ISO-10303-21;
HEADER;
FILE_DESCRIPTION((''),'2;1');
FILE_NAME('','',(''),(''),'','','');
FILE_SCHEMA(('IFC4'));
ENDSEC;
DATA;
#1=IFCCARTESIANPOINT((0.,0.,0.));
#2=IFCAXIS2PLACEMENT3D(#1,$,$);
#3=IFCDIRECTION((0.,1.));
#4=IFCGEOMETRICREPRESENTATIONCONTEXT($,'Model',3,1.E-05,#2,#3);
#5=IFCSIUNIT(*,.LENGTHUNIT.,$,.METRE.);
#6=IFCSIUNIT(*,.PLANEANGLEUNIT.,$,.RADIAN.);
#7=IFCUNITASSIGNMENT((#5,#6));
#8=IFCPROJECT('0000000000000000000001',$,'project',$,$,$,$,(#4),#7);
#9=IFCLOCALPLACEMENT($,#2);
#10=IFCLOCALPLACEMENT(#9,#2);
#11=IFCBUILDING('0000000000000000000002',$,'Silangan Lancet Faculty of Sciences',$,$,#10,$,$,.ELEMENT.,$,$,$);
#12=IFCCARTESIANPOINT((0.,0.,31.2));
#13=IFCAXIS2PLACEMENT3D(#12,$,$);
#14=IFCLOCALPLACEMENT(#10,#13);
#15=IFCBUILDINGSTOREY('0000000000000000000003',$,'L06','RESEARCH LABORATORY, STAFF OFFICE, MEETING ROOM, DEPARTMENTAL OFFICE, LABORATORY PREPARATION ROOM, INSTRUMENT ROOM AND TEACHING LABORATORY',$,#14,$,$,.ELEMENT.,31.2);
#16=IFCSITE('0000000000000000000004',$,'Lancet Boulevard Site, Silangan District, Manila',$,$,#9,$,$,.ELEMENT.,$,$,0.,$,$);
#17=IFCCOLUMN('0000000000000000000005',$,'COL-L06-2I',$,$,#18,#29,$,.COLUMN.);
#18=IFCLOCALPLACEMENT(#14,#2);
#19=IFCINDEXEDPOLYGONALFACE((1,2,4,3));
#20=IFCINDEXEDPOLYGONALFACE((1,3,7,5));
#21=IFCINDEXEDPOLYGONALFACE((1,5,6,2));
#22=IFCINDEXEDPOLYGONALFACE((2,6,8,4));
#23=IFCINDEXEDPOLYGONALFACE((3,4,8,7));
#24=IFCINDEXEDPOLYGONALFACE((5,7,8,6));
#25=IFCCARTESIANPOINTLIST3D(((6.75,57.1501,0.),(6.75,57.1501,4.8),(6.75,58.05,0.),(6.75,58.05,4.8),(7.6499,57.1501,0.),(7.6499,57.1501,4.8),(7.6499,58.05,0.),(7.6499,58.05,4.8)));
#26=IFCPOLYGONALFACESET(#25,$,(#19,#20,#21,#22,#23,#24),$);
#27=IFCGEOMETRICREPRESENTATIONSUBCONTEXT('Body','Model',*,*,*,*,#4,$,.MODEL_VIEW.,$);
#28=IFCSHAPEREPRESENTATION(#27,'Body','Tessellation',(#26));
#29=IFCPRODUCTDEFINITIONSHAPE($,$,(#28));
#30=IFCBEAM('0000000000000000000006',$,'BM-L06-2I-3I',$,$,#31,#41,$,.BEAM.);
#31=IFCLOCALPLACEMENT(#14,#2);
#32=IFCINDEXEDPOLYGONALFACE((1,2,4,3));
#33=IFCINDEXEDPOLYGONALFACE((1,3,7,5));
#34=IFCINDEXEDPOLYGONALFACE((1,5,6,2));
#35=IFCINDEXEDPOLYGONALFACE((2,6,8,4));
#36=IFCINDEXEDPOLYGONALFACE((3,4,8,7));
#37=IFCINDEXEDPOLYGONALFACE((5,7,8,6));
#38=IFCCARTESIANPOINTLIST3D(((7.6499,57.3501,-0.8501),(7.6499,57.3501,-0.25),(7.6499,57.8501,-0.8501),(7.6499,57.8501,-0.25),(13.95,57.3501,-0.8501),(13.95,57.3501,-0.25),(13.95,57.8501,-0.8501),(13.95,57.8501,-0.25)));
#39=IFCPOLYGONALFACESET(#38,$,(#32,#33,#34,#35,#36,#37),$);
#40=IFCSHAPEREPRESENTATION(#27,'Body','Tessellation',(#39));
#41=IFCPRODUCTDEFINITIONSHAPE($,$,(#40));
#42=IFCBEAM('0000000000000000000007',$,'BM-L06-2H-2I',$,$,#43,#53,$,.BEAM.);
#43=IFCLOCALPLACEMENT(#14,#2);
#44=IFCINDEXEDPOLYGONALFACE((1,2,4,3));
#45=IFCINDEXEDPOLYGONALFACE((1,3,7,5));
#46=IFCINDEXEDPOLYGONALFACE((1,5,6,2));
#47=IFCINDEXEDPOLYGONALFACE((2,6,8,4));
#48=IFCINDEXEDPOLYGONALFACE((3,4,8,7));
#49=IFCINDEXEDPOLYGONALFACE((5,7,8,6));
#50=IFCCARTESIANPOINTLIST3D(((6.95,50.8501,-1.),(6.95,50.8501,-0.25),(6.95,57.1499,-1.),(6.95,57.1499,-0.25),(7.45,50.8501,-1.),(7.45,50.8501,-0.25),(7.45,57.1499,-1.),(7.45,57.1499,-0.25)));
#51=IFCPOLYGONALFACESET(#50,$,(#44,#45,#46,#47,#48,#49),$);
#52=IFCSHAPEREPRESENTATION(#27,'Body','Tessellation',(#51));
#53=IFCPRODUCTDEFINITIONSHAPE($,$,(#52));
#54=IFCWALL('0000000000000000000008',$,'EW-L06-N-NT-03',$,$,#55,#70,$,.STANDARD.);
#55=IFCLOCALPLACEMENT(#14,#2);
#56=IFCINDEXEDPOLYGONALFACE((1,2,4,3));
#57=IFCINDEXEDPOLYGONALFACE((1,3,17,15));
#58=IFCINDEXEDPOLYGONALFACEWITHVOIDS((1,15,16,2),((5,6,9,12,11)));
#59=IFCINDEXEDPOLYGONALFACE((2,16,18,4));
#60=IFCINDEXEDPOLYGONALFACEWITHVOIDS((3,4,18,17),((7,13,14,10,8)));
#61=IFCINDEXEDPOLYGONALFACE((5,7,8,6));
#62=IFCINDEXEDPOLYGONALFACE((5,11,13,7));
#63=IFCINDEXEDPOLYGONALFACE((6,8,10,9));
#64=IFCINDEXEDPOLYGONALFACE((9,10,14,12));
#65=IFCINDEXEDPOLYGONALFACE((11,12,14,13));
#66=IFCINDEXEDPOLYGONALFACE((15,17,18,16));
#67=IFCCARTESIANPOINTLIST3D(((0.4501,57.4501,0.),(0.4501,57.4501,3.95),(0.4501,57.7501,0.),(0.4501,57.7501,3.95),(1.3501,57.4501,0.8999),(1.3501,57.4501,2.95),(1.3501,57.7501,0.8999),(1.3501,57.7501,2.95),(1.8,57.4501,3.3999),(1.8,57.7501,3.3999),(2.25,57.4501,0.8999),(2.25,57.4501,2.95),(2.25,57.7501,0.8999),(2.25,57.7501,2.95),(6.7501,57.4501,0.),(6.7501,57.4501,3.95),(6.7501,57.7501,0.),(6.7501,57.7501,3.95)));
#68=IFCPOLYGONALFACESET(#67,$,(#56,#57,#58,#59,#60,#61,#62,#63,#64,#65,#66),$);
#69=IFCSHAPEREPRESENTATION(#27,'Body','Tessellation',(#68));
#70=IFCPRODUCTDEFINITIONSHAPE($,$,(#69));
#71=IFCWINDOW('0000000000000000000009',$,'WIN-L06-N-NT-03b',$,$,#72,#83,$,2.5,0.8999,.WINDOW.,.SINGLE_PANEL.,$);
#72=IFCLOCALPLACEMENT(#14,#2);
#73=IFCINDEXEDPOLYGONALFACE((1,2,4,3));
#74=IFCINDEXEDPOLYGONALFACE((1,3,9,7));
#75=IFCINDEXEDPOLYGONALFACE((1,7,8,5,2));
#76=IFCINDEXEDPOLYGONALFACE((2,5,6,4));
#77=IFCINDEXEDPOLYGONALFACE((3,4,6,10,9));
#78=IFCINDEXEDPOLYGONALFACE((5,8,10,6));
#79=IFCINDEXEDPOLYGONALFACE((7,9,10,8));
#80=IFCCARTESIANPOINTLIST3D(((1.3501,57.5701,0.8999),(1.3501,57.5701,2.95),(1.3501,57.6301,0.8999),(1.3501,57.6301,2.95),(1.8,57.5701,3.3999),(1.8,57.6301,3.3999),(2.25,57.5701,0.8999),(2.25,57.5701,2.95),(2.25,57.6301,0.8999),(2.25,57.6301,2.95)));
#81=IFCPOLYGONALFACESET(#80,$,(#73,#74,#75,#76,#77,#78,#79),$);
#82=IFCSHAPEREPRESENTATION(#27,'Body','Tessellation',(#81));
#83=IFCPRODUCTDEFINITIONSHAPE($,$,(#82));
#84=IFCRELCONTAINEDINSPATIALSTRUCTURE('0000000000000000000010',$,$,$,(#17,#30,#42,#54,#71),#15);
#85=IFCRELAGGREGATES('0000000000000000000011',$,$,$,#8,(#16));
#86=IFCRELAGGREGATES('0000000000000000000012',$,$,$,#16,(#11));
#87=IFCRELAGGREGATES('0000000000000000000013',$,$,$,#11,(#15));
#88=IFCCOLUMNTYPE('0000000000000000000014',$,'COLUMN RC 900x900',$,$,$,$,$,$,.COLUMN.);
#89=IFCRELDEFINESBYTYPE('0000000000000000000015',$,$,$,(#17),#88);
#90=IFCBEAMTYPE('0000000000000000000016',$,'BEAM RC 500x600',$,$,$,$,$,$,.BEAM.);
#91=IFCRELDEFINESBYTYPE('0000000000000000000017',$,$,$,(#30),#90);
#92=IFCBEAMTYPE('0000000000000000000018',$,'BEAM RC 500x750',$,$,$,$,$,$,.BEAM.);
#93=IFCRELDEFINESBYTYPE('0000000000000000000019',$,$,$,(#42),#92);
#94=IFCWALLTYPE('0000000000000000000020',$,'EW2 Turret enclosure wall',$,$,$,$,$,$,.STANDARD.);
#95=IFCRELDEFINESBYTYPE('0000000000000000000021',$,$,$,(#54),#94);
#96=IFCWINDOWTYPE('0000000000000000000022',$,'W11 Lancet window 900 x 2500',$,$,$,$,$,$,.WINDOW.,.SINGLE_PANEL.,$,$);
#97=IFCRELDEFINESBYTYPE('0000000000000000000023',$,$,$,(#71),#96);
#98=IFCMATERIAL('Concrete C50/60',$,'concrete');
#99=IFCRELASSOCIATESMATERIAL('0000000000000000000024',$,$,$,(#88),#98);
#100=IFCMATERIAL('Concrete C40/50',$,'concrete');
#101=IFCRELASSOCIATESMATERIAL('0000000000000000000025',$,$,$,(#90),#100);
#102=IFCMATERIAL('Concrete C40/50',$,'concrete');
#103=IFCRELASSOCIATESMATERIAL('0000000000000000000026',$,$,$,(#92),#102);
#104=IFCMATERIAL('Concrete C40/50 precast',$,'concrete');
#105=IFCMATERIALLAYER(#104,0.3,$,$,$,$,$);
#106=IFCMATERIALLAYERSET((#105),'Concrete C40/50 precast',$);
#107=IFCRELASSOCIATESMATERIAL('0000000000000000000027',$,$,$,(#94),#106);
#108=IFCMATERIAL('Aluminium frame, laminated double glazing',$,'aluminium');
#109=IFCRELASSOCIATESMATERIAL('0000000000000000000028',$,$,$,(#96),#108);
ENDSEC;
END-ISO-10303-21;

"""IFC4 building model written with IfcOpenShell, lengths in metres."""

from ifc_helpers import new_model, si_unit, direction, frame, frame_2d, origin, origin_2d, place, context, subcontext, project, spatial, polyline, rectangle, outline, extrude, material, layer, layer_set, material_profile, profile_set, type_object, element, fill, save


model = new_model("IFC4")

# Units and contexts
model_context = context("Model", 3, precision=1e-05, world=origin(), true_north=direction((0.0, 1.0)))
body_context = subcontext(model_context, "Body", "Model", "MODEL_VIEW")
ifc_project = project(units=[si_unit("LENGTHUNIT", "METRE"), si_unit("PLANEANGLEUNIT", "RADIAN")], contexts=[model_context])

# Site, building, storey
site_placement = place(None, origin())
site = spatial("IfcSite", under=ifc_project, at=site_placement, Name="Lancet Boulevard Site, Silangan District, Manila", CompositionType="ELEMENT", RefElevation=0.0)
building_placement = place(site_placement, origin())
building = spatial("IfcBuilding", under=site, at=building_placement, Name="Silangan Lancet Faculty of Sciences", CompositionType="ELEMENT")
storey_placement = place(building_placement, frame((0.0, 0.0, 31.2)))
storey = spatial("IfcBuildingStorey", under=building, at=storey_placement, Name="L06", Description="RESEARCH LABORATORY, STAFF OFFICE, MEETING ROOM, DEPARTMENTAL OFFICE, LABORATORY PREPARATION ROOM, INSTRUMENT ROOM AND TEACHING LABORATORY", CompositionType="ELEMENT", Elevation=31.2)

# Column
ifc_material_1 = material(Name="Concrete C50/60", Category="concrete")
ifc_material_profile_1 = material_profile(ifc_material_1, rectangle(XDim=0.8999, YDim=0.8999, at=origin_2d()), Name="RC 900x900")
ifc_profile_set_1 = profile_set([ifc_material_profile_1], Name="Concrete C50/60")
column_type = type_object("IfcColumnType", Name="COLUMN RC 900x900", PredefinedType="COLUMN", material=ifc_profile_set_1)
column_placement = place(storey_placement, frame((7.2, 57.6001, 0.0), z_axis=(0.0, 0.0, 1.0), x_axis=(1.0, 0.0, 0.0)))
element("IfcColumn", 1, at=column_placement, inside=storey, type_object=column_type, Name="COL-L06-2I", PredefinedType="COLUMN", context=body_context, shape_type="SweptSolid", body=[
    extrude(rectangle(XDim=0.8999, YDim=0.8999, at=origin_2d()), origin(), (0.0, 0.0, 1.0), 4.8),
])

# Beams
ifc_material_2 = material(Name="Concrete C40/50", Category="concrete")
ifc_material_profile_2 = material_profile(ifc_material_2, rectangle(XDim=0.5, YDim=0.6001, at=origin_2d()), Name="RC 500x600")
ifc_profile_set_2 = profile_set([ifc_material_profile_2], Name="Concrete C40/50")
beam_type_1 = type_object("IfcBeamType", Name="BEAM RC 500x600", PredefinedType="BEAM", material=ifc_profile_set_2)
beam_1_placement = place(storey_placement, frame((7.6499, 57.6001, -0.55), z_axis=(1.0, 0.0, 0.0), x_axis=(0.0, 1.0, 0.0)))
element("IfcBeam", 2, at=beam_1_placement, inside=storey, type_object=beam_type_1, Name="BM-L06-2I-3I", PredefinedType="BEAM", context=body_context, shape_type="SweptSolid", body=[
    extrude(rectangle(XDim=0.5, YDim=0.6001, at=origin_2d()), origin(), (0.0, 0.0, 1.0), 6.3),
])
ifc_material_3 = material(Name="Concrete C40/50", Category="concrete")
ifc_material_profile_3 = material_profile(ifc_material_3, rectangle(XDim=0.5, YDim=0.75, at=origin_2d()), Name="RC 500x750")
ifc_profile_set_3 = profile_set([ifc_material_profile_3], Name="Concrete C40/50")
beam_type_2 = type_object("IfcBeamType", Name="BEAM RC 500x750", PredefinedType="BEAM", material=ifc_profile_set_3)
beam_2_placement = place(storey_placement, frame((7.2, 50.8501, -0.625), z_axis=(0.0, 1.0, 0.0), x_axis=(-1.0, 0.0, 0.0)))
element("IfcBeam", 3, at=beam_2_placement, inside=storey, type_object=beam_type_2, Name="BM-L06-2H-2I", PredefinedType="BEAM", context=body_context, shape_type="SweptSolid", body=[
    extrude(rectangle(XDim=0.5, YDim=0.75, at=origin_2d()), origin(), (0.0, 0.0, 1.0), 6.2998),
])

# Wall, opening, window
ifc_material_4 = material(Name="Concrete C40/50 precast", Category="concrete")
ifc_layer_1 = layer(ifc_material_4, 0.3)
ifc_layer_set_1 = layer_set([ifc_layer_1], Name="Concrete C40/50 precast")
wall_type_1 = type_object("IfcWallType", Name="EW2 Turret enclosure wall", PredefinedType="STANDARD", material=ifc_layer_set_1)
wall_1_placement = place(storey_placement, frame((6.75, 57.6001, 0.0), z_axis=(0.0, 0.0, 1.0), x_axis=(-1.0, 0.0, 0.0)))
wall_1 = element("IfcWall", 4, at=wall_1_placement, inside=storey, type_object=wall_type_1, Name="EW-L06-N-NT-03", PredefinedType="STANDARD", context=body_context, shape_type="SweptSolid", body=[
    extrude(rectangle(XDim=6.3, YDim=0.3, at=frame_2d((3.1499, 0.0))), origin(), (0.0, 0.0, 1.0), 3.95),
])
opening_1_placement = place(wall_1_placement, frame((4.5, 0.0, 0.8999)))
opening_1 = element("IfcOpeningElement", 5, at=opening_1_placement, cuts=wall_1, PredefinedType="OPENING", context=body_context, shape_type="SweptSolid", body=[
    extrude(outline(polyline([(0.0, 0.0), (0.8999, 0.0), (0.8999, 2.05), (0.45, 2.5), (0.0, 2.05), (0.0, 0.0)])), frame((0.0, 0.1599, 0.0), z_axis=(0.0, -1.0, 0.0), x_axis=(1.0, 0.0, 0.0)), (0.0, 0.0, 1.0), 0.3201),
])
ifc_material_5 = material(Name="Aluminium frame, laminated double glazing", Category="aluminium")
window_type = type_object("IfcWindowType", Name="W11 Lancet window 900 x 2500", PartitioningType="SINGLE_PANEL", PredefinedType="WINDOW", material=ifc_material_5)
window_placement = place(opening_1_placement, origin())
window = element("IfcWindow", 6, at=window_placement, inside=storey, type_object=window_type, Name="WIN-L06-N-NT-03b", OverallHeight=2.5, OverallWidth=0.8999, PartitioningType="SINGLE_PANEL", PredefinedType="WINDOW", context=body_context, shape_type="SweptSolid", body=[
    extrude(outline(polyline([(0.0, 0.0), (0.8999, 0.0), (0.8999, 2.05), (0.45, 2.5), (0.0, 2.05), (0.0, 0.0)])), frame((0.0, 0.03, 0.0), z_axis=(0.0, -1.0, 0.0), x_axis=(1.0, 0.0, 0.0)), (0.0, 0.0, 1.0), 0.0601),
])
fill(opening_1, window)

save(model, "model.ifc")
